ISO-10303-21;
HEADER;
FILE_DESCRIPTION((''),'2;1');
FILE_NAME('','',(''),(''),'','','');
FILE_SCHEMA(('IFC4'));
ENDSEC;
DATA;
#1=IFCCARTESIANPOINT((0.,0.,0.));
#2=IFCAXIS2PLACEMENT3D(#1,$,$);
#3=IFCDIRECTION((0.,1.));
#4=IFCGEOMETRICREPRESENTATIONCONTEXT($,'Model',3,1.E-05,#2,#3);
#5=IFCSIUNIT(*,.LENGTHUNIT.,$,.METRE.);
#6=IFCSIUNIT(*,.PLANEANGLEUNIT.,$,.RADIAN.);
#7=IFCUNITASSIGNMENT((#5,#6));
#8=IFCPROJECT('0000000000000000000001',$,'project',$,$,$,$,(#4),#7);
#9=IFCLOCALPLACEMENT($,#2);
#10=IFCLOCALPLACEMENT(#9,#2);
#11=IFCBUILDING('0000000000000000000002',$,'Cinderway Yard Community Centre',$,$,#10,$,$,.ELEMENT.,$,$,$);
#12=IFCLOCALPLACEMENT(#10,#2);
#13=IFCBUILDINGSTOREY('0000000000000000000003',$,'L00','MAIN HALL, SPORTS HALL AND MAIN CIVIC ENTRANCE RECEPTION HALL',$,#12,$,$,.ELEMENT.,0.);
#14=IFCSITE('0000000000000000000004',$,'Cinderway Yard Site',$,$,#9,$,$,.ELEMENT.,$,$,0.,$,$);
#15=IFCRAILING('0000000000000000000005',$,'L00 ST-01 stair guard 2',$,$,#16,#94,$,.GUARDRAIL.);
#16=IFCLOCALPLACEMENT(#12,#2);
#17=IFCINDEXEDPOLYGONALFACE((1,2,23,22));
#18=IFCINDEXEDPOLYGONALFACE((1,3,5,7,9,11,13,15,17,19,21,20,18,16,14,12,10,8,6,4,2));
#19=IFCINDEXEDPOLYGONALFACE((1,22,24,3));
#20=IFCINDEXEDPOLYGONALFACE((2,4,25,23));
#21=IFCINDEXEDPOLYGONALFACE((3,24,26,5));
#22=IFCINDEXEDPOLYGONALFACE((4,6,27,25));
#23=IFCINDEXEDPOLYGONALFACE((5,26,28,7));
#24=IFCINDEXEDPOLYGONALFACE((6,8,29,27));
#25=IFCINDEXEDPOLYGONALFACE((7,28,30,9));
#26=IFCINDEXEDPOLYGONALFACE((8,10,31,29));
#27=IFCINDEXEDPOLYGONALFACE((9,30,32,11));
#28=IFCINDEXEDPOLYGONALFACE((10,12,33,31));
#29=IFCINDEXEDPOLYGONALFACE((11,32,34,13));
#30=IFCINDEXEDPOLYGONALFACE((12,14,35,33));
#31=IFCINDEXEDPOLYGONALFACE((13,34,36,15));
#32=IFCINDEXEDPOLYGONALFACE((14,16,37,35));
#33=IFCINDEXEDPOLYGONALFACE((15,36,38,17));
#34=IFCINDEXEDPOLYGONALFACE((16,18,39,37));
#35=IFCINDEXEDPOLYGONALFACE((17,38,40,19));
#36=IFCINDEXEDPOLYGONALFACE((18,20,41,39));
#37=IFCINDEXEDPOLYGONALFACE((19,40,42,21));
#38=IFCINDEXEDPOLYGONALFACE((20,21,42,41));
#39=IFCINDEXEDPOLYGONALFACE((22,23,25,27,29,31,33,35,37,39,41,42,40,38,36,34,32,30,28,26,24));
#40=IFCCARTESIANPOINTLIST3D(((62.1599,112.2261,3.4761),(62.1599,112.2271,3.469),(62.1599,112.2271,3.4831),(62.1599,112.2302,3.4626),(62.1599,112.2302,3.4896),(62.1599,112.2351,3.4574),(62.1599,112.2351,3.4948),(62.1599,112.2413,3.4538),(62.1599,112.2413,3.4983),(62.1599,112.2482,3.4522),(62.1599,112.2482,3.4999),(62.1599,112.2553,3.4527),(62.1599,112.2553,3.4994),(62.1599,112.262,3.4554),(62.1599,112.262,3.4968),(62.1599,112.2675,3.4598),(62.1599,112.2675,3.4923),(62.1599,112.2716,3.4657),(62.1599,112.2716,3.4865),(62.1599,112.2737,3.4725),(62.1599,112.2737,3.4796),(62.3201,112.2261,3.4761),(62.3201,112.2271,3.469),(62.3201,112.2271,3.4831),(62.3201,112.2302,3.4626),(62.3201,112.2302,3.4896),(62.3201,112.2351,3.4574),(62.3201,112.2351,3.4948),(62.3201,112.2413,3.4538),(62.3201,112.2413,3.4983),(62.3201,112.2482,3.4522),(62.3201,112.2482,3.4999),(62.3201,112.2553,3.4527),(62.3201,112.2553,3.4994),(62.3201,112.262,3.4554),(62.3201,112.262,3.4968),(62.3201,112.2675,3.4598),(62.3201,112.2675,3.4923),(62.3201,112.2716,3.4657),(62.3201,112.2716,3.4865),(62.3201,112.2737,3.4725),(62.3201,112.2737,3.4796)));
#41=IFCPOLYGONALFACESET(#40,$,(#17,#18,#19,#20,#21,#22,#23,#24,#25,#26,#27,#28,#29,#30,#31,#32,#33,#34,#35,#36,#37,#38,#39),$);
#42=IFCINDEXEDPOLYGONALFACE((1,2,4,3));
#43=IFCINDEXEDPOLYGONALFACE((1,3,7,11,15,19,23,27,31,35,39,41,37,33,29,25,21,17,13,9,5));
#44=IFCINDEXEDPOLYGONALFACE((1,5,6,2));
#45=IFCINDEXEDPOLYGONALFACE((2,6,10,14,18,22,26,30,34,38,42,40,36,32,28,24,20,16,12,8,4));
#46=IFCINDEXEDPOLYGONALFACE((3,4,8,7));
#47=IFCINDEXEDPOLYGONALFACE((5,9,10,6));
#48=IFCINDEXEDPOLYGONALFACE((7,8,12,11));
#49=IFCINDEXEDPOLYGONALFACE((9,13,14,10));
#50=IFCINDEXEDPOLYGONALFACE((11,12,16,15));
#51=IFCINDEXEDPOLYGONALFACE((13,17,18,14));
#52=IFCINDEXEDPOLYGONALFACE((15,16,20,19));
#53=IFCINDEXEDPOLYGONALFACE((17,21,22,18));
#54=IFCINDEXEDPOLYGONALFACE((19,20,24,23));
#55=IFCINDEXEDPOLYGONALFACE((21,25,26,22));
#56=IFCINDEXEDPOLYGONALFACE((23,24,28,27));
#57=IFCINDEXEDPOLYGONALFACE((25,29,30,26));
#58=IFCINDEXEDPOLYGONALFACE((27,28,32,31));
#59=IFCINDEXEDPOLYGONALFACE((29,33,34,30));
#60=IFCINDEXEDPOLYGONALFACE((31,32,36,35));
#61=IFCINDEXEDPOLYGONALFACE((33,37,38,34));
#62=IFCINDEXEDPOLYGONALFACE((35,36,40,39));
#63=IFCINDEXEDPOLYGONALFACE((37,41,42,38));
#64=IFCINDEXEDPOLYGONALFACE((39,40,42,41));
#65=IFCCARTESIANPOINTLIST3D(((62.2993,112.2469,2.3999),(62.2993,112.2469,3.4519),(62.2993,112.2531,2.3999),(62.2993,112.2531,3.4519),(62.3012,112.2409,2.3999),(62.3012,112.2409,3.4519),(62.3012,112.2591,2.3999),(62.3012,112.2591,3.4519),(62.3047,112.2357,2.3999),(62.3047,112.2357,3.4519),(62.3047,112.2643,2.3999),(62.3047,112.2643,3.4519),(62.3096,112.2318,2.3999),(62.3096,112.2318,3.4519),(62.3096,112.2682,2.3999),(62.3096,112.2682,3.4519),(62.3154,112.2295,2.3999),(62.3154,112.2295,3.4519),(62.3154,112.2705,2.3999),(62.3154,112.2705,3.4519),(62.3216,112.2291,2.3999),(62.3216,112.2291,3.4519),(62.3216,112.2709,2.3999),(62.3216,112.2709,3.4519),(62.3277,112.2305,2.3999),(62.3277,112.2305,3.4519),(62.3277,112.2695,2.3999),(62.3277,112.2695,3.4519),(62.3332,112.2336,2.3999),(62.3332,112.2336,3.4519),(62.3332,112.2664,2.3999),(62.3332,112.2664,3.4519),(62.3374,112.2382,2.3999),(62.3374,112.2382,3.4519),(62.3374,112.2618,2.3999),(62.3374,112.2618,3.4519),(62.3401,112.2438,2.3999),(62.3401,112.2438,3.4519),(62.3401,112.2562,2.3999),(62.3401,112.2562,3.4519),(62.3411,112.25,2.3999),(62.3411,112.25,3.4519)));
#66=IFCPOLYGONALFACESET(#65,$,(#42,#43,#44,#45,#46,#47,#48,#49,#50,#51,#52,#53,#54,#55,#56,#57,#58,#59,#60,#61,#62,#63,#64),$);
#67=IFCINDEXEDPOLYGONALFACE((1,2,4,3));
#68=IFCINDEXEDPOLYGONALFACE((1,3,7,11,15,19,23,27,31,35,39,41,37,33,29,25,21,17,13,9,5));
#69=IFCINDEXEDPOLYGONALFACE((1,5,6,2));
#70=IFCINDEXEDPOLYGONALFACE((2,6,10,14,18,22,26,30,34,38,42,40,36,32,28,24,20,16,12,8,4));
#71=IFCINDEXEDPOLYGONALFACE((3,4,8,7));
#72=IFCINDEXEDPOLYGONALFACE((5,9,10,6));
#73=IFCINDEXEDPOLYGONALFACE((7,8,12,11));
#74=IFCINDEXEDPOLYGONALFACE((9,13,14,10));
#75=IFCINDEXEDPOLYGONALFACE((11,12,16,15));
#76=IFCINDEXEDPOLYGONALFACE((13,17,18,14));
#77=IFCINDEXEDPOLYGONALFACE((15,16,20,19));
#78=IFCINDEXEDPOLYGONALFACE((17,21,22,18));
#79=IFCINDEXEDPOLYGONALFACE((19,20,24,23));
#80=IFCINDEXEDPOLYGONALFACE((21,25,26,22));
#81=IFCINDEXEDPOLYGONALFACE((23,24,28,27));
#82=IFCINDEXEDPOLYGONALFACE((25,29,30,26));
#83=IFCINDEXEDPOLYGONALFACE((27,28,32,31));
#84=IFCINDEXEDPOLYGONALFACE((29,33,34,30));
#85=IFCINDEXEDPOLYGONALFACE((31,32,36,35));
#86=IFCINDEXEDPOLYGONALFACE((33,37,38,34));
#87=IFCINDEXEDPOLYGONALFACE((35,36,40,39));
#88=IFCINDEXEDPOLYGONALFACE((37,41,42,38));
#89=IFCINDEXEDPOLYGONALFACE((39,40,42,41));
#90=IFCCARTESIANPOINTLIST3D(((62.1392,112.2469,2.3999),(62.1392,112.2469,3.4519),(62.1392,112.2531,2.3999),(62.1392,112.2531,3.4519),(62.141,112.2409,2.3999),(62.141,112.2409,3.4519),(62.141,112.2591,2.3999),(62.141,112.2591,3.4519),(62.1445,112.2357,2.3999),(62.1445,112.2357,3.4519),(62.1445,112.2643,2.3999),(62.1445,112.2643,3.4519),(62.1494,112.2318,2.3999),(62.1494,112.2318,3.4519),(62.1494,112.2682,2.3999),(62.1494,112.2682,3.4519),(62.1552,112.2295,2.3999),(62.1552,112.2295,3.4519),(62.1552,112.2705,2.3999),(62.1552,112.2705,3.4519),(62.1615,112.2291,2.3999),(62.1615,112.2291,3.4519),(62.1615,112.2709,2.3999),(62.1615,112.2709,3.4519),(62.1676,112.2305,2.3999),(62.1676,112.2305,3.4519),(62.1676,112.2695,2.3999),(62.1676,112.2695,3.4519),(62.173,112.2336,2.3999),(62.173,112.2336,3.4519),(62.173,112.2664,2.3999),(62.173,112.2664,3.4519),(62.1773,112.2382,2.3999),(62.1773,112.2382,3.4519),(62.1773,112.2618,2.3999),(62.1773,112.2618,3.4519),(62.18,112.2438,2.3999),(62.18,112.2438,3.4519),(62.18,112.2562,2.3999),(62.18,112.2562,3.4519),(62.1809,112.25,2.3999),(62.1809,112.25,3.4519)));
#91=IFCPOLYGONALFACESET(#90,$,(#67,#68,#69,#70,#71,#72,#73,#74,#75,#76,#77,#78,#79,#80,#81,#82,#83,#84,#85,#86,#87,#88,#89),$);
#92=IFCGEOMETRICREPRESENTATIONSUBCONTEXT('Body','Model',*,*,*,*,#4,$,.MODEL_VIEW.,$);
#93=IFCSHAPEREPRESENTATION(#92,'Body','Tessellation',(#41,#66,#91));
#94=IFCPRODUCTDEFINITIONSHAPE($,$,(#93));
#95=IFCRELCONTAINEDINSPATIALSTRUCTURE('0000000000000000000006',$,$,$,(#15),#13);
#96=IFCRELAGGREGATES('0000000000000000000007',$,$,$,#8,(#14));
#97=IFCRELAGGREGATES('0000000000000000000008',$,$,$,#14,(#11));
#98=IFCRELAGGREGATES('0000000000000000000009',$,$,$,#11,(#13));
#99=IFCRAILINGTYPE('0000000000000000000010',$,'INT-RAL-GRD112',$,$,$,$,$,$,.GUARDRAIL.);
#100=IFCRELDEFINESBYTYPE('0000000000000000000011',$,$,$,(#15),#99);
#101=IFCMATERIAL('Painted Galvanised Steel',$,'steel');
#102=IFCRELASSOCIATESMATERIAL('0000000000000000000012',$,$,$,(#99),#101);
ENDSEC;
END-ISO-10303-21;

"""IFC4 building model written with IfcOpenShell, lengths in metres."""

from ifc_helpers import new_model, si_unit, direction, frame, origin, origin_2d, place, context, subcontext, project, spatial, circle, extrude, material, type_object, element, save


model = new_model("IFC4")

# Units and contexts
model_context = context("Model", 3, precision=1e-05, world=origin(), true_north=direction((0.0, 1.0)))
body_context = subcontext(model_context, "Body", "Model", "MODEL_VIEW")
ifc_project = project(units=[si_unit("LENGTHUNIT", "METRE"), si_unit("PLANEANGLEUNIT", "RADIAN")], contexts=[model_context])

# Site, building, storey
site_placement = place(None, origin())
site = spatial("IfcSite", under=ifc_project, at=site_placement, Name="Cinderway Yard Site", CompositionType="ELEMENT", RefElevation=0.0)
building_placement = place(site_placement, origin())
building = spatial("IfcBuilding", under=site, at=building_placement, Name="Cinderway Yard Community Centre", CompositionType="ELEMENT")
storey_placement = place(building_placement, origin())
storey = spatial("IfcBuildingStorey", under=building, at=storey_placement, Name="L00", Description="MAIN HALL, SPORTS HALL AND MAIN CIVIC ENTRANCE RECEPTION HALL", CompositionType="ELEMENT", Elevation=0.0)

# Railing
ifc_material_1 = material(Name="Painted Galvanised Steel", Category="steel")
railing_type_1 = type_object("IfcRailingType", Name="INT-RAL-GRD112", PredefinedType="GUARDRAIL", material=ifc_material_1)
railing_1_placement = place(storey_placement, frame((62.3201, 112.25, 2.3999)))
element("IfcRailing", 1, at=railing_1_placement, inside=storey, type_object=railing_type_1, Name="L00 ST-01 stair guard 2", PredefinedType="GUARDRAIL", context=body_context, shape_type="SweptSolid", body=[
    extrude(circle(Radius=0.0239, at=origin_2d()), frame((0.0, 0.0, 1.0762), z_axis=(-1.0, 0.0, 0.0), x_axis=(0.0, -1.0, 0.0)), (0.0, 0.0, 1.0), 0.1602),
    extrude(circle(Radius=0.021, at=origin_2d()), origin(), (0.0, 0.0, 1.0), 1.052),
    extrude(circle(Radius=0.021, at=origin_2d()), frame((-0.1602, 0.0, 0.0)), (0.0, 0.0, 1.0), 1.052),
])

save(model, "model.ifc")
